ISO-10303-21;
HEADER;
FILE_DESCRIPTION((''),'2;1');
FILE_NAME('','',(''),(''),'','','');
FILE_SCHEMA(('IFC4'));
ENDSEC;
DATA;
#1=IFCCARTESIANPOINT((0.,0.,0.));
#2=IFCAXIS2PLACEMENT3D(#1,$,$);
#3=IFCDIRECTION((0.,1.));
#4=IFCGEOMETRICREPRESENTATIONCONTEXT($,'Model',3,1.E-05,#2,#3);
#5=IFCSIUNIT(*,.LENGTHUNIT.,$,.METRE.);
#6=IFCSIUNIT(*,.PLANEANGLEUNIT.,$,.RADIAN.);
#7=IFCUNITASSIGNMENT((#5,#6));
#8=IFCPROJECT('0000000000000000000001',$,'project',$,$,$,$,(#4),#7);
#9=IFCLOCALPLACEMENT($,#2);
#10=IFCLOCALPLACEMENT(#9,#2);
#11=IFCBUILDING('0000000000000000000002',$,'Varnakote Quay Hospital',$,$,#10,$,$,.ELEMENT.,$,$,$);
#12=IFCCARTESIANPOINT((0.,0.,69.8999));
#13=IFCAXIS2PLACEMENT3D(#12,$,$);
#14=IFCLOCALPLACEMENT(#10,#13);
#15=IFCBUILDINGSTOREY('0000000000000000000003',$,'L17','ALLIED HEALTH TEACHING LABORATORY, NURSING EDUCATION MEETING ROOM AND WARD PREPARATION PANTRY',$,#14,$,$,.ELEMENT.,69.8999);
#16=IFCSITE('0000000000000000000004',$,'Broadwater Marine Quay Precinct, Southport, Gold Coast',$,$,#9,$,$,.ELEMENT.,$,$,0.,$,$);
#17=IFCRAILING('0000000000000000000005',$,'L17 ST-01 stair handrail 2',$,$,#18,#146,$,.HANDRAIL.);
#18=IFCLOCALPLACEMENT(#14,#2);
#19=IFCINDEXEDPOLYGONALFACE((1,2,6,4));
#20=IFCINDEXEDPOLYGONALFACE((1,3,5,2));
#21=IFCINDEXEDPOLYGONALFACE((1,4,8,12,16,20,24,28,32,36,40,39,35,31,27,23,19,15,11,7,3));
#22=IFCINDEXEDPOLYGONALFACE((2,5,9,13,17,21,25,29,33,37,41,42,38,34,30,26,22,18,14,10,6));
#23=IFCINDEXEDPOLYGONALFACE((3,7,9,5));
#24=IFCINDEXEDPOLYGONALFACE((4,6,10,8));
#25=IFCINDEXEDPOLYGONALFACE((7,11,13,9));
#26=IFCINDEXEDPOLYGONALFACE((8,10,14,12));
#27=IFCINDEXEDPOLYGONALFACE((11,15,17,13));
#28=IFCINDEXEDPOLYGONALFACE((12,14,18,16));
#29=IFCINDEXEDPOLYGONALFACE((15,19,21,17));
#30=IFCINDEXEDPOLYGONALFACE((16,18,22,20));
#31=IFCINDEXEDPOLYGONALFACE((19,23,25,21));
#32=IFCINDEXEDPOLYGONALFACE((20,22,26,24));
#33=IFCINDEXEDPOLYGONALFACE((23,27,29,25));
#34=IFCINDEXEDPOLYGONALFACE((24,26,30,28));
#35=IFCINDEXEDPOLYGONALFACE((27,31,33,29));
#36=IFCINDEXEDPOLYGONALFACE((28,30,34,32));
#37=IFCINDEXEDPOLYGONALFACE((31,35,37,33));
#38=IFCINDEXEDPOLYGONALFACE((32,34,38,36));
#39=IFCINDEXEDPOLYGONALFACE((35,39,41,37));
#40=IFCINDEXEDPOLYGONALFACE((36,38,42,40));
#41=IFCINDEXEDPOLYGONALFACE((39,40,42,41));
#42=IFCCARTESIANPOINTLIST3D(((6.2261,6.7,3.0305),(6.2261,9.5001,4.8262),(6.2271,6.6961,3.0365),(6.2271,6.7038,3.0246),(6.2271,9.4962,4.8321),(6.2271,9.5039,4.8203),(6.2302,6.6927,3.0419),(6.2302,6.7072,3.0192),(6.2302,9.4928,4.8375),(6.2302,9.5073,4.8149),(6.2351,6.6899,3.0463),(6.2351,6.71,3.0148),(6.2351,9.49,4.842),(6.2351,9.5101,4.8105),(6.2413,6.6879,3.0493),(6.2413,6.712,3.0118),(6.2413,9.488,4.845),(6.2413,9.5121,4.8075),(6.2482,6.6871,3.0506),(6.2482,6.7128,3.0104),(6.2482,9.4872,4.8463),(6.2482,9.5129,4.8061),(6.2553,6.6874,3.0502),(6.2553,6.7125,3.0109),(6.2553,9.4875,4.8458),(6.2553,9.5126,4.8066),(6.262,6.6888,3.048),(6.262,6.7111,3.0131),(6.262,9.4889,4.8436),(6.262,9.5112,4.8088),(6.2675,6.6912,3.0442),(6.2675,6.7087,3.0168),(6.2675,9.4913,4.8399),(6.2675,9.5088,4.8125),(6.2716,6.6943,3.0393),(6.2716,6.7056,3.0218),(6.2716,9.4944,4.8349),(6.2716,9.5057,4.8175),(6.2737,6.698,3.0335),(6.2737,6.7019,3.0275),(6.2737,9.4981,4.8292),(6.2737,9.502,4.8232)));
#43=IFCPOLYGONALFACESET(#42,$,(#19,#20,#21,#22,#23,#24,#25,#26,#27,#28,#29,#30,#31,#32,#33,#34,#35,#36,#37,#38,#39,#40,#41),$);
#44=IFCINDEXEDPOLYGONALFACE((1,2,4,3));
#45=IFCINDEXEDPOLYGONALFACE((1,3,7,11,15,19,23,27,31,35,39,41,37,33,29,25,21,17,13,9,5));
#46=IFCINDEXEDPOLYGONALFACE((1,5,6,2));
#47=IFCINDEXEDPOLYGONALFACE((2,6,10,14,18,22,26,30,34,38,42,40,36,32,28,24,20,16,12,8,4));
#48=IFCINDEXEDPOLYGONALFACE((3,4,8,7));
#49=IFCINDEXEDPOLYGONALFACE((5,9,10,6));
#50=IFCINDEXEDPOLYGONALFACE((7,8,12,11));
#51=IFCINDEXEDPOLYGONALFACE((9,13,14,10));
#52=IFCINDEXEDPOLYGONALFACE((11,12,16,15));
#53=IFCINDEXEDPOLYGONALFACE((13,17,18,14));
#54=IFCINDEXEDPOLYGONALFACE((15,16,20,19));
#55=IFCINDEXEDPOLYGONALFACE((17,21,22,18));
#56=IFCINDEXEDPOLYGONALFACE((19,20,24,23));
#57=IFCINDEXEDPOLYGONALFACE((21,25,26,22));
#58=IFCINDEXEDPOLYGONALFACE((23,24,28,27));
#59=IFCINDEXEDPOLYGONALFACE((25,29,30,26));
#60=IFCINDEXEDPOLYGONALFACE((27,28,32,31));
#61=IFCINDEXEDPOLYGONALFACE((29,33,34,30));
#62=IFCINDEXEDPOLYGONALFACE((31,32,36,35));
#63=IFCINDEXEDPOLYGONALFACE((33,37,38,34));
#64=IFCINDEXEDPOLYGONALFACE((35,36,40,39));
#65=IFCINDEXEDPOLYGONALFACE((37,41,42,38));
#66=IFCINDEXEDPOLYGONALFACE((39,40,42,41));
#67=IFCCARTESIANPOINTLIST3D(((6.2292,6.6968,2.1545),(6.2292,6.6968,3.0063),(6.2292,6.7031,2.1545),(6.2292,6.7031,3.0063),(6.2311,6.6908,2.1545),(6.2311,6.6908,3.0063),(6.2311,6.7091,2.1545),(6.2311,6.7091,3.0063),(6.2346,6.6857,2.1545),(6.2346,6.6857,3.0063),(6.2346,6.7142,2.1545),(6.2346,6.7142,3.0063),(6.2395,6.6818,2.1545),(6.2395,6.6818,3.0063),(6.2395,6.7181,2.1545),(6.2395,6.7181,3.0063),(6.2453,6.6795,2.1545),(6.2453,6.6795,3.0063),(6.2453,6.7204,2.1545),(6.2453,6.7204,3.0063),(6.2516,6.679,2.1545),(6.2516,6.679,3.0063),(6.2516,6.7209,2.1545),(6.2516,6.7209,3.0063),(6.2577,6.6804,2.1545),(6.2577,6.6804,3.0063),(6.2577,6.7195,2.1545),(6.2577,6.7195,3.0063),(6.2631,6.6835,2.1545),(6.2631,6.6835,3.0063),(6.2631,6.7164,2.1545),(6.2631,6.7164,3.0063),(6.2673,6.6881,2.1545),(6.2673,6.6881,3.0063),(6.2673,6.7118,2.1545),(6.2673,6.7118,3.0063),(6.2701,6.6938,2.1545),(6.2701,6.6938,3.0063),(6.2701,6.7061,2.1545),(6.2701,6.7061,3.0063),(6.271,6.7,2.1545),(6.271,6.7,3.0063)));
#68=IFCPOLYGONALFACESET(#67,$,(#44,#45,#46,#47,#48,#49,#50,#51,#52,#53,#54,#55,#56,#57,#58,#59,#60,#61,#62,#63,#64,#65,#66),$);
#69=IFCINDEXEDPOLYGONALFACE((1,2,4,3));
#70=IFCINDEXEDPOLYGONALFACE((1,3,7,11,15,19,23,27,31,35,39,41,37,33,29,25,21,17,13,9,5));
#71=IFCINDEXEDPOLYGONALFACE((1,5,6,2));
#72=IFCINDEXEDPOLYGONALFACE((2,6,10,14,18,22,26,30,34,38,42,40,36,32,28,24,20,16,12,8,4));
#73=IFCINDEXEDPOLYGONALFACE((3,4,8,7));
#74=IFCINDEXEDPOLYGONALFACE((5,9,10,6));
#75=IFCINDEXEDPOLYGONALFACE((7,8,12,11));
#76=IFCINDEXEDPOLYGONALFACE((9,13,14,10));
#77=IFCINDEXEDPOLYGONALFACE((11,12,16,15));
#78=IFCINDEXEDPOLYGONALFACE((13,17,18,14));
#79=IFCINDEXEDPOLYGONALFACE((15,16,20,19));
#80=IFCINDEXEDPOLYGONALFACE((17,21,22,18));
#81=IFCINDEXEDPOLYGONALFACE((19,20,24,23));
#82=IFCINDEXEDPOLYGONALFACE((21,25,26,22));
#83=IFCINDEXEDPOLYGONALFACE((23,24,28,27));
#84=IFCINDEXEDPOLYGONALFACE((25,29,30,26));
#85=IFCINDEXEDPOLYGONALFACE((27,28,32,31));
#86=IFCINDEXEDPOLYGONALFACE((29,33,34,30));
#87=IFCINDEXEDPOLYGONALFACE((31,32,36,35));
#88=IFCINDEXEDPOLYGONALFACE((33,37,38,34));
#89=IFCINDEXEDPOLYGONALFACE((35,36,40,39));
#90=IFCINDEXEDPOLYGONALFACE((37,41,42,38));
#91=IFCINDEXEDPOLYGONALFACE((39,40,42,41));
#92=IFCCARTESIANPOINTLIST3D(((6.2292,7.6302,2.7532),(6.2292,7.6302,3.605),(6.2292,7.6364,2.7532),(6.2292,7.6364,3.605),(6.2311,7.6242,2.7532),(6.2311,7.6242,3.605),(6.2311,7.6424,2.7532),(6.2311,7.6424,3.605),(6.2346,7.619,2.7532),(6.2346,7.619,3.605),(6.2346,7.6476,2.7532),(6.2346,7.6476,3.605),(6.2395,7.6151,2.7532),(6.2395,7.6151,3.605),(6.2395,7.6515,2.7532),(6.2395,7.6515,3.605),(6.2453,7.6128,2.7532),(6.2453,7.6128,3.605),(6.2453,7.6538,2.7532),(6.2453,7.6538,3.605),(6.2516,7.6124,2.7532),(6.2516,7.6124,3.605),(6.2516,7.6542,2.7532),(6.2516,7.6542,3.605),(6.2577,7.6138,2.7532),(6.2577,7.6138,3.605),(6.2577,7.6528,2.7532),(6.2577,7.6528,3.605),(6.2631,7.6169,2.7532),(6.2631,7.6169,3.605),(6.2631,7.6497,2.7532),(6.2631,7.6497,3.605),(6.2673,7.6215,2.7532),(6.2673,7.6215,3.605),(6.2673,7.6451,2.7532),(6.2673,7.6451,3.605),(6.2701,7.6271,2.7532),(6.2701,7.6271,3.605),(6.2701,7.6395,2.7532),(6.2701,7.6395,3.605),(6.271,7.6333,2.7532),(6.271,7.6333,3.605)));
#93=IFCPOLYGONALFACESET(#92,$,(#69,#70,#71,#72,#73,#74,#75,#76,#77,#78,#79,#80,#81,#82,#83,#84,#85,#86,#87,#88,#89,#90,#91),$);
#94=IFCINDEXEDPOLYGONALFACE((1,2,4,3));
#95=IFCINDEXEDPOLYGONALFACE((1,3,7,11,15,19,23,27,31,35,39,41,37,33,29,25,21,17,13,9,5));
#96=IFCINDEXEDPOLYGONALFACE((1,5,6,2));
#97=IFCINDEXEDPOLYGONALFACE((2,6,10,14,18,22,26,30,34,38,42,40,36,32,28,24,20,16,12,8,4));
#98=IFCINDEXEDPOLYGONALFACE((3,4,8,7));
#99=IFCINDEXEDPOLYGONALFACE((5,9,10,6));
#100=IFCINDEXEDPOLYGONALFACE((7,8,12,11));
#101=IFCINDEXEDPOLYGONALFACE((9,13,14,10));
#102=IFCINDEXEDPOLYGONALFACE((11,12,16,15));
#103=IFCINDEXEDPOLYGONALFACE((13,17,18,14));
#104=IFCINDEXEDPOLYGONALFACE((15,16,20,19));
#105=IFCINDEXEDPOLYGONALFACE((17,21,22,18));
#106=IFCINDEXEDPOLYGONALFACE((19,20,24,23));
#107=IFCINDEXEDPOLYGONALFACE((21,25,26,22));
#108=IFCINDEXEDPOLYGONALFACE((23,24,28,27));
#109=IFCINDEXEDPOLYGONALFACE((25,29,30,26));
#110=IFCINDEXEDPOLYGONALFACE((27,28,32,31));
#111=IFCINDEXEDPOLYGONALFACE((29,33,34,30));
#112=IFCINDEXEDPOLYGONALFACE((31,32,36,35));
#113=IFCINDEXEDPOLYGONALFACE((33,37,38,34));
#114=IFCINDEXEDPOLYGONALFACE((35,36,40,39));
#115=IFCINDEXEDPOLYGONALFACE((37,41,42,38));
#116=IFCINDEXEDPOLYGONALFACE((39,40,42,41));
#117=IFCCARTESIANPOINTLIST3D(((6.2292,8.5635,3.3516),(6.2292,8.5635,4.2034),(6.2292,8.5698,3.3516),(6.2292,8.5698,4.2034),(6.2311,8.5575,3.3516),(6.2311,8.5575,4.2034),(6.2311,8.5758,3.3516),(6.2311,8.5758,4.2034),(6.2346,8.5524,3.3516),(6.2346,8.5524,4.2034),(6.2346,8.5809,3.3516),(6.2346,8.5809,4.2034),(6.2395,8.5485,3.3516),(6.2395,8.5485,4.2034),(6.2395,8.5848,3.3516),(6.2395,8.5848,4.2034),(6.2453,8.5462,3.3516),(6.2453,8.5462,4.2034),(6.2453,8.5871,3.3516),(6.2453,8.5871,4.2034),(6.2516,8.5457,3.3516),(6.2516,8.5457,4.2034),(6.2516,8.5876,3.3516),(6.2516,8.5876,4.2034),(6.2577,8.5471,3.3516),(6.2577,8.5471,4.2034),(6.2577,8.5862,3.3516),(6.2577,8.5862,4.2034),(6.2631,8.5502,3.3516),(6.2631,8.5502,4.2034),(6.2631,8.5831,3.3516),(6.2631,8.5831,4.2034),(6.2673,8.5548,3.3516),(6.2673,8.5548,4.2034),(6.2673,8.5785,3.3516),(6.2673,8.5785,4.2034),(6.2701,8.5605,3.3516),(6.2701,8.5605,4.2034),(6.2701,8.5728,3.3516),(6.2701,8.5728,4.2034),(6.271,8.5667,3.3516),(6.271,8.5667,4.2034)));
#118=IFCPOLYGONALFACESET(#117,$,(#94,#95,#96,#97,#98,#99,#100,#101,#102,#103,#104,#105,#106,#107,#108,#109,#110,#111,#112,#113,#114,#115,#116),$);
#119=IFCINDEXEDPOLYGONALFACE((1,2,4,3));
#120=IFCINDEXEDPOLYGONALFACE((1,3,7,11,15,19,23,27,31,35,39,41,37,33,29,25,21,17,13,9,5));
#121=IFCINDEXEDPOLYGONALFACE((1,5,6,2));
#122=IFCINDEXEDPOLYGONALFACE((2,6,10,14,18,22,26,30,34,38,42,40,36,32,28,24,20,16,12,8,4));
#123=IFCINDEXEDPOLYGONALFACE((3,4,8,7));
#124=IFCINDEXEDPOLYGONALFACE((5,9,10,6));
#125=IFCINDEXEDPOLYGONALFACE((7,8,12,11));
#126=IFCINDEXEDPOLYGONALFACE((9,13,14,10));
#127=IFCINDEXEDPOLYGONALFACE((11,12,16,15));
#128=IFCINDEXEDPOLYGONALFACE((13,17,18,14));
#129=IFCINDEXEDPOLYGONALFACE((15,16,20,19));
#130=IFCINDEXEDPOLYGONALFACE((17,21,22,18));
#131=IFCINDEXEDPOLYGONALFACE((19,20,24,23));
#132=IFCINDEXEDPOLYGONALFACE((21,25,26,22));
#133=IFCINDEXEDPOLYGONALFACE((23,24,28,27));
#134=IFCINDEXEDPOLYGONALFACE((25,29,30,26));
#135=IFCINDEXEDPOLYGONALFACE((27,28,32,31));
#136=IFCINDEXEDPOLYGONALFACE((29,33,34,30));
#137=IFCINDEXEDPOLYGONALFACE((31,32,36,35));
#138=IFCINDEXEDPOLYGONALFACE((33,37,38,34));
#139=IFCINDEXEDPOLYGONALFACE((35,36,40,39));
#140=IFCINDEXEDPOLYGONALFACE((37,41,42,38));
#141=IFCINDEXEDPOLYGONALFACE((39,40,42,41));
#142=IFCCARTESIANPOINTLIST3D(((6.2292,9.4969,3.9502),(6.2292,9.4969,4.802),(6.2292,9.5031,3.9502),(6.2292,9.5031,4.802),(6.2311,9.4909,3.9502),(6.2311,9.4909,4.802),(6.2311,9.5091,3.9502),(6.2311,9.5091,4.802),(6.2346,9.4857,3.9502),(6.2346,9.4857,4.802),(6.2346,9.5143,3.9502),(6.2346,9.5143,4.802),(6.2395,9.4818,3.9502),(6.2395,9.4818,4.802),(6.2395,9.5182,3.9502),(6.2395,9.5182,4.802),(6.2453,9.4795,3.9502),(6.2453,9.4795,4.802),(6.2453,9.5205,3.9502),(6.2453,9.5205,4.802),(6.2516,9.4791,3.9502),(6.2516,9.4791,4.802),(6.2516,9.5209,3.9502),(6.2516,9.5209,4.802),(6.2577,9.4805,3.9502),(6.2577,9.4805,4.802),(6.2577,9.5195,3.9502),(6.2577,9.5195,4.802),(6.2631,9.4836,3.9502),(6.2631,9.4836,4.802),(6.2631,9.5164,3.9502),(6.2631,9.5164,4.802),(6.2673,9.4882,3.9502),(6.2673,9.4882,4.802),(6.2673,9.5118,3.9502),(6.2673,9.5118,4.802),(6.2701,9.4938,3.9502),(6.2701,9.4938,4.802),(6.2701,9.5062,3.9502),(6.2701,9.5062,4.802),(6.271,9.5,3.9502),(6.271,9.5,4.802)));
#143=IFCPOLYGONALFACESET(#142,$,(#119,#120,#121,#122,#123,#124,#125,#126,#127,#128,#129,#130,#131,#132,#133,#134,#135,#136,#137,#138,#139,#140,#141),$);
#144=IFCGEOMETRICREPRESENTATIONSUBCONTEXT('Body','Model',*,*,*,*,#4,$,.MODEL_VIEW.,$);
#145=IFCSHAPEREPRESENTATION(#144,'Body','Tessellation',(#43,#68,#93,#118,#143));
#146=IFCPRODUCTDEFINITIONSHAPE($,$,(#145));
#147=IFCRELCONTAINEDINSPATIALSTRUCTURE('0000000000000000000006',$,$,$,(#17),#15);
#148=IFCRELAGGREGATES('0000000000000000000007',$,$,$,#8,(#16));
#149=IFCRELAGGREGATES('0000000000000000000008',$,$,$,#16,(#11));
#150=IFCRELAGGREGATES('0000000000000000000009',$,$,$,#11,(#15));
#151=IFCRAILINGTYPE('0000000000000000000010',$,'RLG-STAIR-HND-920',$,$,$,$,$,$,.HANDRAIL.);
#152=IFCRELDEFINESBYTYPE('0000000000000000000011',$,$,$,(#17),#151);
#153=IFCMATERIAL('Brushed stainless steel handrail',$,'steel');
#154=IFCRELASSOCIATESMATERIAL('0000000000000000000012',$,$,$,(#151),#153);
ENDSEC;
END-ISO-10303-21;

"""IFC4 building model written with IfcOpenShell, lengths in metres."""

from ifc_helpers import new_model, si_unit, direction, frame, origin, origin_2d, place, context, subcontext, project, spatial, circle, extrude, material, type_object, element, save


model = new_model("IFC4")

# Units and contexts
model_context = context("Model", 3, precision=1e-05, world=origin(), true_north=direction((0.0, 1.0)))
body_context = subcontext(model_context, "Body", "Model", "MODEL_VIEW")
ifc_project = project(units=[si_unit("LENGTHUNIT", "METRE"), si_unit("PLANEANGLEUNIT", "RADIAN")], contexts=[model_context])

# Site, building, storey
site_placement = place(None, origin())
site = spatial("IfcSite", under=ifc_project, at=site_placement, Name="Broadwater Marine Quay Precinct, Southport, Gold Coast", CompositionType="ELEMENT", RefElevation=0.0)
building_placement = place(site_placement, origin())
building = spatial("IfcBuilding", under=site, at=building_placement, Name="Varnakote Quay Hospital", CompositionType="ELEMENT")
storey_placement = place(building_placement, frame((0.0, 0.0, 69.8999)))
storey = spatial("IfcBuildingStorey", under=building, at=storey_placement, Name="L17", Description="ALLIED HEALTH TEACHING LABORATORY, NURSING EDUCATION MEETING ROOM AND WARD PREPARATION PANTRY", CompositionType="ELEMENT", Elevation=69.8999)

# Railing
ifc_material_1 = material(Name="Brushed stainless steel handrail", Category="steel")
railing_type_1 = type_object("IfcRailingType", Name="RLG-STAIR-HND-920", PredefinedType="HANDRAIL", material=ifc_material_1)
railing_1_placement = place(storey_placement, frame((6.25, 6.7, 2.1545)))
element("IfcRailing", 1, at=railing_1_placement, inside=storey, type_object=railing_type_1, Name="L17 ST-01 stair handrail 2", PredefinedType="HANDRAIL", context=body_context, shape_type="SweptSolid", body=[
    extrude(circle(Radius=0.0239, at=origin_2d()), frame((0.0, 0.0, 0.876), z_axis=(0.0, 0.841777, 0.539826), x_axis=(-1.0, 0.0, 0.0)), (0.0, 0.0, 1.0), 3.3264),
    extrude(circle(Radius=0.021, at=origin_2d()), origin(), (0.0, 0.0, 1.0), 0.8518),
    extrude(circle(Radius=0.021, at=origin_2d()), frame((0.0, 0.9333, 0.5986)), (0.0, 0.0, 1.0), 0.8518),
    extrude(circle(Radius=0.021, at=origin_2d()), frame((0.0, 1.8667, 1.197)), (0.0, 0.0, 1.0), 0.8518),
    extrude(circle(Radius=0.021, at=origin_2d()), frame((0.0, 2.8, 1.7957)), (0.0, 0.0, 1.0), 0.8518),
])

save(model, "model.ifc")
